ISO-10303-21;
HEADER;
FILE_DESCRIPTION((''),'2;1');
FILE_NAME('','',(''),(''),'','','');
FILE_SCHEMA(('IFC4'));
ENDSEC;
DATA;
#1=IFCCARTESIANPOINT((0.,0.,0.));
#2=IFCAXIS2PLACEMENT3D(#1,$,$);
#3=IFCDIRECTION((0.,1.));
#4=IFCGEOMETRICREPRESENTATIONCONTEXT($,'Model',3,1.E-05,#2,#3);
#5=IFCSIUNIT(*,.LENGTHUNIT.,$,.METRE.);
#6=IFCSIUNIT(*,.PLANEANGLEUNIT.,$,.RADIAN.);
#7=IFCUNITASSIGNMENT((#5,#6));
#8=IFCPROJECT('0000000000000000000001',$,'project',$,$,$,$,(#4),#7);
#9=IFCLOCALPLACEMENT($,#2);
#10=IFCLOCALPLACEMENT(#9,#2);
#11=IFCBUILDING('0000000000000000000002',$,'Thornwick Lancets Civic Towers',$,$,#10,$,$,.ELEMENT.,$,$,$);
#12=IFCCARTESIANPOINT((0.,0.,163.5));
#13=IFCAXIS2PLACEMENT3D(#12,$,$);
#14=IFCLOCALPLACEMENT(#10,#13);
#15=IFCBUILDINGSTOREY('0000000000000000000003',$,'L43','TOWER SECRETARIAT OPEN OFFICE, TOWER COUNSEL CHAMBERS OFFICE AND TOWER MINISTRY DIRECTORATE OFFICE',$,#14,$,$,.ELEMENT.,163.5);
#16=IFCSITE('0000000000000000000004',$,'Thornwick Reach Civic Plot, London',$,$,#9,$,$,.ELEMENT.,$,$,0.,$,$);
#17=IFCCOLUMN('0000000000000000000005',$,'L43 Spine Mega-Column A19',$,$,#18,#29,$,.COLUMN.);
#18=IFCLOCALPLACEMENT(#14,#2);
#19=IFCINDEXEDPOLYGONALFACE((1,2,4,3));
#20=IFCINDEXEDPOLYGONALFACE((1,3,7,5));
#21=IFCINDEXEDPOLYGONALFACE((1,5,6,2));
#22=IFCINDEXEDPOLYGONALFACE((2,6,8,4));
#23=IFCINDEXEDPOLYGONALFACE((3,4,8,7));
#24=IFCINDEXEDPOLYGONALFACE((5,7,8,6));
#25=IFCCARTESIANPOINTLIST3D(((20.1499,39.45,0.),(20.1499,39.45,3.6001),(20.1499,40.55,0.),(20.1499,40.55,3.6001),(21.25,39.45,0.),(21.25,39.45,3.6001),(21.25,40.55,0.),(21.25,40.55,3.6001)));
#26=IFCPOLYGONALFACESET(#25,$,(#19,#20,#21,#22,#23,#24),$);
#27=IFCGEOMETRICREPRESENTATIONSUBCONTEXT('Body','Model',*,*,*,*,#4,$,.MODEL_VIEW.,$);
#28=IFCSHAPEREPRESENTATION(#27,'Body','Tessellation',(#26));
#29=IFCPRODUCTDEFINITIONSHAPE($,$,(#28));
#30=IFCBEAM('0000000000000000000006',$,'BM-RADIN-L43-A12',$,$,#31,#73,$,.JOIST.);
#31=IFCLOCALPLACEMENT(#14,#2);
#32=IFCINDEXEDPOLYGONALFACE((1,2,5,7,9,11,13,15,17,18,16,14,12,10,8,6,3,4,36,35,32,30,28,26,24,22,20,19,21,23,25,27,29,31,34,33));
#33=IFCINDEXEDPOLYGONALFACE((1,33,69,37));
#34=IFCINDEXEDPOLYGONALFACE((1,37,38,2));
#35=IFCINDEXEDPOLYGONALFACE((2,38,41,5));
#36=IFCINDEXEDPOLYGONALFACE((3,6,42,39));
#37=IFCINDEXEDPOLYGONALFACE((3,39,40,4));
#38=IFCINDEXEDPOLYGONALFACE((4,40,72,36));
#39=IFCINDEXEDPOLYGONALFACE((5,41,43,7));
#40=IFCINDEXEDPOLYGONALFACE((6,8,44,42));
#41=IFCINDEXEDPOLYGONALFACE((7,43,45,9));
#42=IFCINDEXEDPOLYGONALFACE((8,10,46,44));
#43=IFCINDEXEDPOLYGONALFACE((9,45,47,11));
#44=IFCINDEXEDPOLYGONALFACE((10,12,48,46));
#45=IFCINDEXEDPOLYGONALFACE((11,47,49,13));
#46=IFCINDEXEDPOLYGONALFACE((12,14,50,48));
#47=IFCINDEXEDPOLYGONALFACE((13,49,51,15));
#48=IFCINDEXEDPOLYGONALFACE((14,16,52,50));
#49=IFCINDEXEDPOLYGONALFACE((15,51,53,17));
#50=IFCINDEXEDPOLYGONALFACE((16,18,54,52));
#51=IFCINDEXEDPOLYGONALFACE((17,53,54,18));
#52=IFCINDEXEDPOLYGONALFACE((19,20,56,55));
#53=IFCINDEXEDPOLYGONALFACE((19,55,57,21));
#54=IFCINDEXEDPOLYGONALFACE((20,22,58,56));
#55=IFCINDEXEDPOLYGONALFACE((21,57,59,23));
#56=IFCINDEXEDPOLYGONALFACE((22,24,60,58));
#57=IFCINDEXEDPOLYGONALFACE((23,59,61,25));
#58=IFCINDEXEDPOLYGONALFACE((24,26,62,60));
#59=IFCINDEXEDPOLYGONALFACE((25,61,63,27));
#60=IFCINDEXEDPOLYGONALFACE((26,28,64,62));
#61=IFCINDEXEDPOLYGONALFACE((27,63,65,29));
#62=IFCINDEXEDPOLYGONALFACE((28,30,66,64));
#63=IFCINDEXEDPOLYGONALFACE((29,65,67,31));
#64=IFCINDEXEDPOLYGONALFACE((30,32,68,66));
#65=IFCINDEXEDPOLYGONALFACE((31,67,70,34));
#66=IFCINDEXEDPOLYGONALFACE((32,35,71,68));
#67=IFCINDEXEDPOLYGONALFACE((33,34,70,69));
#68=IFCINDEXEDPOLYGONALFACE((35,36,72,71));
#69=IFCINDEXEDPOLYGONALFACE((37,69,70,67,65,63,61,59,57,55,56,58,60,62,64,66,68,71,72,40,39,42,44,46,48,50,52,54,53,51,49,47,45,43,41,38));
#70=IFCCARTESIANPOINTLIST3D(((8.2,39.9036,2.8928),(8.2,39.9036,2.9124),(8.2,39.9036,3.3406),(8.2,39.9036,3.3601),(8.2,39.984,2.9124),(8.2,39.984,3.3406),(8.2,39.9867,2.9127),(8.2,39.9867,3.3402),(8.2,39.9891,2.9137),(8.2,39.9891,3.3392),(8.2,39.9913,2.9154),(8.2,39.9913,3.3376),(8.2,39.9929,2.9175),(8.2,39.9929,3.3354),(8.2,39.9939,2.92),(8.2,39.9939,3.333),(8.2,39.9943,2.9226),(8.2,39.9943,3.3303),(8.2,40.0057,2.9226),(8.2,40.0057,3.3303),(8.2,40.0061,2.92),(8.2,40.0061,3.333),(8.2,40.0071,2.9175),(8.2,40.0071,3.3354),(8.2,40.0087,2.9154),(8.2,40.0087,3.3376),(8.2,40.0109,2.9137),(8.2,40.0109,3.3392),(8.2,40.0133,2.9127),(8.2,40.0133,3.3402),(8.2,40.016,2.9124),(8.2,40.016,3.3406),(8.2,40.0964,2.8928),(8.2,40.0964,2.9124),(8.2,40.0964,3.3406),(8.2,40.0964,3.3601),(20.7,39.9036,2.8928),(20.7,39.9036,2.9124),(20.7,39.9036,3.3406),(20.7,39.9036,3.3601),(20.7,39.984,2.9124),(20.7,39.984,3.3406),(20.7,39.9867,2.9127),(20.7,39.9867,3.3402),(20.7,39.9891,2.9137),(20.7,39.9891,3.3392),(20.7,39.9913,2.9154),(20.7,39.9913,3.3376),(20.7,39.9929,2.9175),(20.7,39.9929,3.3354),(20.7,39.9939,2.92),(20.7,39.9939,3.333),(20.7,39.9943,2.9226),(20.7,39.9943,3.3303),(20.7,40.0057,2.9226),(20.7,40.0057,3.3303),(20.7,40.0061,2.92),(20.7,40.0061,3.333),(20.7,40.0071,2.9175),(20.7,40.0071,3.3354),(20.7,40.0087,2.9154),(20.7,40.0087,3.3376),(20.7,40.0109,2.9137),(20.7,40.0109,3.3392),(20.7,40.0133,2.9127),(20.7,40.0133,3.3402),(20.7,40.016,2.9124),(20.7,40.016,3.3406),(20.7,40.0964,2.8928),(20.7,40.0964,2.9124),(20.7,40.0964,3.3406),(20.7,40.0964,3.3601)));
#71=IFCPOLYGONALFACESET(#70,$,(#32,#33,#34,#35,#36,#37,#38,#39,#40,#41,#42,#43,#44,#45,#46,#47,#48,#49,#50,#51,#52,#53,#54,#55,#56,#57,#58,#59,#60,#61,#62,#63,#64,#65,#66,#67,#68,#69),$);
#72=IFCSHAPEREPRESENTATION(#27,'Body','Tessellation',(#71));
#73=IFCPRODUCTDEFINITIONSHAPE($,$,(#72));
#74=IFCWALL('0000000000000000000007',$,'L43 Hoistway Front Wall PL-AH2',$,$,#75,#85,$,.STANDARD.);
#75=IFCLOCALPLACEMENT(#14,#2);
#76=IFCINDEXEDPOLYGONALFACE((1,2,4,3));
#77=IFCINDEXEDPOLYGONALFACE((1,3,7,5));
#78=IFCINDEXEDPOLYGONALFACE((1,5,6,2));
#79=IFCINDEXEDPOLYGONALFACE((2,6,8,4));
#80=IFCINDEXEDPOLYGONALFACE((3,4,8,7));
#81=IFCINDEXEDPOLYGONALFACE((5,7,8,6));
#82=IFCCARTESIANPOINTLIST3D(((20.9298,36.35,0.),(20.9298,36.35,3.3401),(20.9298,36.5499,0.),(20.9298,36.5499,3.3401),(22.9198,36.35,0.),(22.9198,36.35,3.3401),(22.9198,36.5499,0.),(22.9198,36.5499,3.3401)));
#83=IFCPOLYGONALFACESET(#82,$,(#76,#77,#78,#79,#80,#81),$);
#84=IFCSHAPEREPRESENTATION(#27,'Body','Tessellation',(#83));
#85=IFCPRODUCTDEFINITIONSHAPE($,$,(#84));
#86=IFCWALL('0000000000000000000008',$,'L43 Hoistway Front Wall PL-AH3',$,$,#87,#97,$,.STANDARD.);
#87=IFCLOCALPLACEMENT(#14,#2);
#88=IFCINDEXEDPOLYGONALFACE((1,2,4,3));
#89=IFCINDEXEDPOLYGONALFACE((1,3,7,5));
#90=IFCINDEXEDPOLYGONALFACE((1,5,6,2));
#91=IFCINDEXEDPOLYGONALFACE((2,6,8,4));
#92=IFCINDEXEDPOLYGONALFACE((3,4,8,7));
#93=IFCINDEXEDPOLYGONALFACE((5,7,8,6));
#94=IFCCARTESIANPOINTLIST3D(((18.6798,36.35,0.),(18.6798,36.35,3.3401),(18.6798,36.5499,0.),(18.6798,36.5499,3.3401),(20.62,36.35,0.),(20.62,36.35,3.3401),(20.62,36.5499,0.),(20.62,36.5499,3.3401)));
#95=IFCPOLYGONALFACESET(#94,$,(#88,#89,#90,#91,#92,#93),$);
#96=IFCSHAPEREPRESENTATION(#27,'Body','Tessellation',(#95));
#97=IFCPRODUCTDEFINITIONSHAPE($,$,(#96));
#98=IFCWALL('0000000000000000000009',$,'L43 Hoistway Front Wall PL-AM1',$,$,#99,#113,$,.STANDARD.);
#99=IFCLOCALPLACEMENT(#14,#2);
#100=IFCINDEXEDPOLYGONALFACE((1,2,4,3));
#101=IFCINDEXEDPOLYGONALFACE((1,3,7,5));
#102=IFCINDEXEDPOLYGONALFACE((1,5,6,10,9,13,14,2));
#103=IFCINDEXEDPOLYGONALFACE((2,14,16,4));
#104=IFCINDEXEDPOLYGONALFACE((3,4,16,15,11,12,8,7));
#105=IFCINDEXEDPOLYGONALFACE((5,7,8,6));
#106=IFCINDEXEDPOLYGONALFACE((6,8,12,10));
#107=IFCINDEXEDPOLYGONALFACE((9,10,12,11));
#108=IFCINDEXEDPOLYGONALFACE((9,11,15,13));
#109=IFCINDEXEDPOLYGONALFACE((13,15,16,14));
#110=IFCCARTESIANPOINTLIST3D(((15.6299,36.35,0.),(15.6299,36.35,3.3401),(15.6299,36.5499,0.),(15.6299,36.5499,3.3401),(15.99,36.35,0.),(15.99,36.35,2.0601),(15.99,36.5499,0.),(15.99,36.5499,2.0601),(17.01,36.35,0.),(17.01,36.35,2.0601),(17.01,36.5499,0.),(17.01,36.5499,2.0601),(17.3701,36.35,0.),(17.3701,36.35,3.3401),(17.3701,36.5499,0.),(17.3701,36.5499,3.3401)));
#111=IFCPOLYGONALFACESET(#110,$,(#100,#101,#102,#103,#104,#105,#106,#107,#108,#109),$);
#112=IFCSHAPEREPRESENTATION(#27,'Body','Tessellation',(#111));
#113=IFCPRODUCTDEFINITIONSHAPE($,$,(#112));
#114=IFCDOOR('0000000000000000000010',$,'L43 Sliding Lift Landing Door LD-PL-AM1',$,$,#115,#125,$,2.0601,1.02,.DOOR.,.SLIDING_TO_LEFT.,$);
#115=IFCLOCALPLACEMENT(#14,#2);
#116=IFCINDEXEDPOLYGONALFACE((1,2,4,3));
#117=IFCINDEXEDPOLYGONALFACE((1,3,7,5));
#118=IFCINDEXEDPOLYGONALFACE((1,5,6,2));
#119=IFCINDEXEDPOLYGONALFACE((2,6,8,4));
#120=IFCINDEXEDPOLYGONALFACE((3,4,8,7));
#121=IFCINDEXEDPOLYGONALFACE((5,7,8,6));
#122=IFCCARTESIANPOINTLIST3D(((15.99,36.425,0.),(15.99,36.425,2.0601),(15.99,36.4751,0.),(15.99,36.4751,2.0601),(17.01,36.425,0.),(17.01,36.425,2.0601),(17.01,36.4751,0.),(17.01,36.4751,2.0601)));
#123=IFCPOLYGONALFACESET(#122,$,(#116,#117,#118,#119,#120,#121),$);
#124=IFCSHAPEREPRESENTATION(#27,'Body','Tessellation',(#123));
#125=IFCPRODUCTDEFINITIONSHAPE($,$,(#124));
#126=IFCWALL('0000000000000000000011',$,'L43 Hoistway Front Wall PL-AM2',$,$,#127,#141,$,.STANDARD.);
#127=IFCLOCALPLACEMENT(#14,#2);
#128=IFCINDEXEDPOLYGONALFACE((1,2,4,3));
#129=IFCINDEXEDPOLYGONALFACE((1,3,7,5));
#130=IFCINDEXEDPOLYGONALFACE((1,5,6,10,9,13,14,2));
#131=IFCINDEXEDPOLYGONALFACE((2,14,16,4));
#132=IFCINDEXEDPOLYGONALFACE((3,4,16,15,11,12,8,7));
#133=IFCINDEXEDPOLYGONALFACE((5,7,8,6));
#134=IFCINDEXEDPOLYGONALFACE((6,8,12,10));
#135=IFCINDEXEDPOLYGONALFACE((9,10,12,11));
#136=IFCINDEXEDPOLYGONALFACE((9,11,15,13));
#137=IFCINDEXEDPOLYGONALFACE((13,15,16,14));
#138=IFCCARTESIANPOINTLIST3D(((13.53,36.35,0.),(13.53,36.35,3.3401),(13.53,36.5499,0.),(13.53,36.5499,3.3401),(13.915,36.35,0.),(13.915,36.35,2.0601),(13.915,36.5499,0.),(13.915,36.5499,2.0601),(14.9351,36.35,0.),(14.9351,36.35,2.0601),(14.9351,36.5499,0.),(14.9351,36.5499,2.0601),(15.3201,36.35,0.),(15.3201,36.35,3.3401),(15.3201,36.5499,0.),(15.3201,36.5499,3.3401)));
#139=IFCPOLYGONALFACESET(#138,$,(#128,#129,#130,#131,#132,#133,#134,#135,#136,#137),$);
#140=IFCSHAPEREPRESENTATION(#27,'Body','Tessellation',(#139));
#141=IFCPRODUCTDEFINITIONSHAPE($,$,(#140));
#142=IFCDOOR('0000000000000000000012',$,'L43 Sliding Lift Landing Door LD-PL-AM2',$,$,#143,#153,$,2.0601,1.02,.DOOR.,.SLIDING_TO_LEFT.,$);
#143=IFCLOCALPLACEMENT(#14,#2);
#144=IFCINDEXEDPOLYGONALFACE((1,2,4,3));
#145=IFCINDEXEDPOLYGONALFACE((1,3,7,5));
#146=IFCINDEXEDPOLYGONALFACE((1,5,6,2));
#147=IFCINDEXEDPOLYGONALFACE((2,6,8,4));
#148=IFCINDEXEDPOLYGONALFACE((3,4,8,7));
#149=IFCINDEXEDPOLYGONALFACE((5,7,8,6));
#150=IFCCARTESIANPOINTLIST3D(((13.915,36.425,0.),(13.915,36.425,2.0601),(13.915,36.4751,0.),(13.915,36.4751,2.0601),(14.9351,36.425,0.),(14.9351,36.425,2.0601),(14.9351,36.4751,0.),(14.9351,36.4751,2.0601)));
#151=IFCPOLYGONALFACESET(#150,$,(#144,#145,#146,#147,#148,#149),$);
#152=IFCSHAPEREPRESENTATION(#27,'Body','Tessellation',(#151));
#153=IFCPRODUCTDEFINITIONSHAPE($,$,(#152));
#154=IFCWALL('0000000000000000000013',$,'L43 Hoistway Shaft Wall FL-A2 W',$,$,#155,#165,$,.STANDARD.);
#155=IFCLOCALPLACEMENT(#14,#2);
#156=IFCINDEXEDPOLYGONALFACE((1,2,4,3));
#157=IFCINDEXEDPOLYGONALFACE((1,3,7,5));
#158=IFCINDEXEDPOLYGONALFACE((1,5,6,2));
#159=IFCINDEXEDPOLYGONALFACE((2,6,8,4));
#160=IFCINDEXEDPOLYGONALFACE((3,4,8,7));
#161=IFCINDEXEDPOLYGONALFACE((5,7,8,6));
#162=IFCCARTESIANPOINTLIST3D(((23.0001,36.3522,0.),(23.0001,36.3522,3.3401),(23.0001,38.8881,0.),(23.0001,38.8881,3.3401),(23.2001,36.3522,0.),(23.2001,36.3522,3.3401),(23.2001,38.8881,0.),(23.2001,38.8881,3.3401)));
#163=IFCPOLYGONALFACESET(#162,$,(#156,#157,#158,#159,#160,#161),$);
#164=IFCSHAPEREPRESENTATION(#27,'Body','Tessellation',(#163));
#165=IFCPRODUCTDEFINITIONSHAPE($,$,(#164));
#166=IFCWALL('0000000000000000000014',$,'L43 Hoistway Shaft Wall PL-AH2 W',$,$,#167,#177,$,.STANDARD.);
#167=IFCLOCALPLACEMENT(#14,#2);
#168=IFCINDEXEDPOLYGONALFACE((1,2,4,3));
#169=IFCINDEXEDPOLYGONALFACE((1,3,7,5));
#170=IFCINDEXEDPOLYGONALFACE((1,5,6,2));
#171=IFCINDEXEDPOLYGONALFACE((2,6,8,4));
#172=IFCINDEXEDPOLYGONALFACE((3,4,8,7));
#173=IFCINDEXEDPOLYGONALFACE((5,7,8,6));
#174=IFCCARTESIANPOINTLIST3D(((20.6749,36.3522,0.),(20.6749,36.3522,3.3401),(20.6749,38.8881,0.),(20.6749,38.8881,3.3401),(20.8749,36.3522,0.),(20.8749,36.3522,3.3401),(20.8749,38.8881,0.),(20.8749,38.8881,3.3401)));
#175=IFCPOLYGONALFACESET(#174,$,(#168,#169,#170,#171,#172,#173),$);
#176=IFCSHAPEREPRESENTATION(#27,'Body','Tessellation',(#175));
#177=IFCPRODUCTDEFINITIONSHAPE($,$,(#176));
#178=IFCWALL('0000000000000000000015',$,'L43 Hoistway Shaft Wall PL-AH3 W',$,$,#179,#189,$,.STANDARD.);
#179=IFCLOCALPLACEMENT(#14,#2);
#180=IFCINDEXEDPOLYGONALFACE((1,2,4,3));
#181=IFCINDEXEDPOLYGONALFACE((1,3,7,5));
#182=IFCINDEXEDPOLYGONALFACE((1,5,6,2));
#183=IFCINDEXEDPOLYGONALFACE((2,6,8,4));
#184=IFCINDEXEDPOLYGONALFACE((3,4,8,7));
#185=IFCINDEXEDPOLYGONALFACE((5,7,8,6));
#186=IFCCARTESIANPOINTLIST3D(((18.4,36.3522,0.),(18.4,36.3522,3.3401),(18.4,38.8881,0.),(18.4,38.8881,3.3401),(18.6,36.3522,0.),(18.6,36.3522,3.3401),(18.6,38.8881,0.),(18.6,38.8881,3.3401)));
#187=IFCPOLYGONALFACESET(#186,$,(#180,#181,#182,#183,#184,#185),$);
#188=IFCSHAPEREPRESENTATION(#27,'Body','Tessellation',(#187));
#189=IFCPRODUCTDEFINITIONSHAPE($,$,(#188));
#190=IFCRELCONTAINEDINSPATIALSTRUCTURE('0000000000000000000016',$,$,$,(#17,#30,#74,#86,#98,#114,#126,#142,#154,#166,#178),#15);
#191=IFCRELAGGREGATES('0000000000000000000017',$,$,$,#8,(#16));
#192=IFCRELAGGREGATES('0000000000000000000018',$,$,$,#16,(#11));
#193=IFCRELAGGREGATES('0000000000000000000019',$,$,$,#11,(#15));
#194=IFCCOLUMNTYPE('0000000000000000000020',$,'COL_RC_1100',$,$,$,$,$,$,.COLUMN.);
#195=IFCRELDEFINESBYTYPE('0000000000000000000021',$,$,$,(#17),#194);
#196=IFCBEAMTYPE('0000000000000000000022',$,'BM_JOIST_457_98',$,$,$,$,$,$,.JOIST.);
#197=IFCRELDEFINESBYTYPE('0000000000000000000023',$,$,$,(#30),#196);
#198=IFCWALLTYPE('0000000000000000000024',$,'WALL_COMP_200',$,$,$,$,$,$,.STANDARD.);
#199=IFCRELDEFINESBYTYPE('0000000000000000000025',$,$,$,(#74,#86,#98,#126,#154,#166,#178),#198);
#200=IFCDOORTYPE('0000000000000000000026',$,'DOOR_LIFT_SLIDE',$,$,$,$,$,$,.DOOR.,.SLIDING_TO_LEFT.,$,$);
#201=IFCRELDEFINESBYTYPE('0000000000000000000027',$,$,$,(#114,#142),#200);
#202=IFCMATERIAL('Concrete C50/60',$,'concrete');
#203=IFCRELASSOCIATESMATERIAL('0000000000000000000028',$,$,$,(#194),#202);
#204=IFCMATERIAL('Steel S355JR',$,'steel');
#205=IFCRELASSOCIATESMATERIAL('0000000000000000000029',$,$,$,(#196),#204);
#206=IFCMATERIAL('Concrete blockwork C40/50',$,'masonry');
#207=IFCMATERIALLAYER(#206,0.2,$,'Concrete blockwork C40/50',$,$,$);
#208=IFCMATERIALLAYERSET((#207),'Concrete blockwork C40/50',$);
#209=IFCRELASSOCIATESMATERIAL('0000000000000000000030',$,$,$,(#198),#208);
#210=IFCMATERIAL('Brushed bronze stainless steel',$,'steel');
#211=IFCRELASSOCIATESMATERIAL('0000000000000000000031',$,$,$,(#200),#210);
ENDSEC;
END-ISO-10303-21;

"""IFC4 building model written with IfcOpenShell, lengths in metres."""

from ifc_helpers import new_model, si_unit, direction, frame, frame_2d, origin, origin_2d, place, context, subcontext, project, spatial, rectangle, i_section, extrude, material, layer, layer_set, material_profile, profile_set, type_object, element, fill, save


model = new_model("IFC4")

# Units and contexts
model_context = context("Model", 3, precision=1e-05, world=origin(), true_north=direction((0.0, 1.0)))
body_context = subcontext(model_context, "Body", "Model", "MODEL_VIEW")
ifc_project = project(units=[si_unit("LENGTHUNIT", "METRE"), si_unit("PLANEANGLEUNIT", "RADIAN")], contexts=[model_context])

# Site, building, storey
site_placement = place(None, origin())
site = spatial("IfcSite", under=ifc_project, at=site_placement, Name="Thornwick Reach Civic Plot, London", CompositionType="ELEMENT", RefElevation=0.0)
building_placement = place(site_placement, origin())
building = spatial("IfcBuilding", under=site, at=building_placement, Name="Thornwick Lancets Civic Towers", CompositionType="ELEMENT")
storey_placement = place(building_placement, frame((0.0, 0.0, 163.5)))
storey = spatial("IfcBuildingStorey", under=building, at=storey_placement, Name="L43", Description="TOWER SECRETARIAT OPEN OFFICE, TOWER COUNSEL CHAMBERS OFFICE AND TOWER MINISTRY DIRECTORATE OFFICE", CompositionType="ELEMENT", Elevation=163.5)

# Column
ifc_material_1 = material(Name="Concrete C50/60", Category="concrete")
ifc_material_profile_1 = material_profile(ifc_material_1, rectangle(XDim=1.1001, YDim=1.1001, at=origin_2d()), Name="RC 1100x1100")
ifc_profile_set_1 = profile_set([ifc_material_profile_1], Name="Concrete C50/60")
column_type = type_object("IfcColumnType", Name="COL_RC_1100", PredefinedType="COLUMN", material=ifc_profile_set_1)
column_placement = place(storey_placement, frame((20.7, 40.0, 0.0), z_axis=(0.0, 0.0, 1.0), x_axis=(1.0, 0.0, 0.0)))
element("IfcColumn", 1, at=column_placement, inside=storey, type_object=column_type, Name="L43 Spine Mega-Column A19", PredefinedType="COLUMN", context=body_context, shape_type="SweptSolid", body=[
    extrude(rectangle(XDim=1.1001, YDim=1.1001, at=origin_2d()), origin(), (0.0, 0.0, 1.0), 3.6001),
])

# Beam
ifc_material_2 = material(Name="Steel S355JR", Category="steel")
ifc_material_profile_2 = material_profile(ifc_material_2, i_section(OverallWidth=0.1929, OverallDepth=0.4673, WebThickness=0.0115, FlangeThickness=0.0195, FilletRadius=0.0103, at=origin_2d()), Name="UKB 457x191x98")
ifc_profile_set_2 = profile_set([ifc_material_profile_2], Name="Steel S355JR")
beam_type = type_object("IfcBeamType", Name="BM_JOIST_457_98", PredefinedType="JOIST", material=ifc_profile_set_2)
beam_placement = place(storey_placement, frame((20.7, 40.0, 3.1265), z_axis=(-1.0, 0.0, 0.0), x_axis=(0.0, -1.0, 0.0)))
element("IfcBeam", 2, at=beam_placement, inside=storey, type_object=beam_type, Name="BM-RADIN-L43-A12", PredefinedType="JOIST", context=body_context, shape_type="SweptSolid", body=[
    extrude(i_section(OverallWidth=0.1929, OverallDepth=0.4673, WebThickness=0.0115, FlangeThickness=0.0195, FilletRadius=0.0103, at=origin_2d()), origin(), (0.0, 0.0, 1.0), 12.5),
])

# Walls
ifc_material_3 = material(Name="Concrete blockwork C40/50", Category="masonry")
ifc_layer_1 = layer(ifc_material_3, 0.2, Name="Concrete blockwork C40/50")
ifc_layer_set_1 = layer_set([ifc_layer_1], Name="Concrete blockwork C40/50")
wall_type_1 = type_object("IfcWallType", Name="WALL_COMP_200", PredefinedType="STANDARD", material=ifc_layer_set_1)
wall_1_placement = place(storey_placement, frame((22.9199, 36.45, 0.0), z_axis=(0.0, 0.0, 1.0), x_axis=(-1.0, 0.0, 0.0)))
element("IfcWall", 3, at=wall_1_placement, inside=storey, type_object=wall_type_1, Name="L43 Hoistway Front Wall PL-AH2", PredefinedType="STANDARD", context=body_context, shape_type="SweptSolid", body=[
    extrude(rectangle(XDim=1.99, YDim=0.2, at=frame_2d((0.9951, 0.0))), origin(), (0.0, 0.0, 1.0), 3.3401),
])
wall_2_placement = place(storey_placement, frame((20.6201, 36.45, 0.0), z_axis=(0.0, 0.0, 1.0), x_axis=(-1.0, 0.0, 0.0)))
element("IfcWall", 4, at=wall_2_placement, inside=storey, type_object=wall_type_1, Name="L43 Hoistway Front Wall PL-AH3", PredefinedType="STANDARD", context=body_context, shape_type="SweptSolid", body=[
    extrude(rectangle(XDim=1.9402, YDim=0.2, at=frame_2d((0.9702, 0.0))), origin(), (0.0, 0.0, 1.0), 3.3401),
])

# Walls, openings, doors
wall_3_placement = place(storey_placement, frame((17.3701, 36.45, 0.0), z_axis=(0.0, 0.0, 1.0), x_axis=(-1.0, 0.0, 0.0)))
wall_3 = element("IfcWall", 5, at=wall_3_placement, inside=storey, type_object=wall_type_1, Name="L43 Hoistway Front Wall PL-AM1", PredefinedType="STANDARD", context=body_context, shape_type="SweptSolid", body=[
    extrude(rectangle(XDim=1.7402, YDim=0.2, at=frame_2d((0.8701, 0.0))), origin(), (0.0, 0.0, 1.0), 3.3401),
])
opening_1_placement = place(wall_3_placement, frame((0.3601, 0.0, 0.0)))
opening_1 = element("IfcOpeningElement", 6, at=opening_1_placement, cuts=wall_3, PredefinedType="OPENING", context=body_context, shape_type="SweptSolid", body=[
    extrude(rectangle(XDim=1.02, YDim=2.0601, at=frame_2d((0.51, 1.03))), frame((0.0, 0.1099, 0.0), z_axis=(0.0, -1.0, 0.0), x_axis=(1.0, 0.0, 0.0)), (0.0, 0.0, 1.0), 0.22),
])
ifc_material_4 = material(Name="Brushed bronze stainless steel", Category="steel")
door_type = type_object("IfcDoorType", Name="DOOR_LIFT_SLIDE", OperationType="SLIDING_TO_LEFT", PredefinedType="DOOR", material=ifc_material_4)
door_1_placement = place(opening_1_placement, origin())
door_1 = element("IfcDoor", 7, at=door_1_placement, inside=storey, type_object=door_type, Name="L43 Sliding Lift Landing Door LD-PL-AM1", OperationType="SLIDING_TO_LEFT", OverallHeight=2.0601, OverallWidth=1.02, PredefinedType="DOOR", context=body_context, shape_type="SweptSolid", body=[
    extrude(rectangle(XDim=1.02, YDim=2.0601, at=frame_2d((0.51, 1.03))), frame((0.0, 0.0249, 0.0), z_axis=(0.0, -1.0, 0.0), x_axis=(1.0, 0.0, 0.0)), (0.0, 0.0, 1.0), 0.05),
])
fill(opening_1, door_1)
wall_4_placement = place(storey_placement, frame((15.3201, 36.45, 0.0), z_axis=(0.0, 0.0, 1.0), x_axis=(-1.0, 0.0, 0.0)))
wall_4 = element("IfcWall", 8, at=wall_4_placement, inside=storey, type_object=wall_type_1, Name="L43 Hoistway Front Wall PL-AM2", PredefinedType="STANDARD", context=body_context, shape_type="SweptSolid", body=[
    extrude(rectangle(XDim=1.79, YDim=0.2, at=frame_2d((0.895, 0.0))), origin(), (0.0, 0.0, 1.0), 3.3401),
])
opening_2_placement = place(wall_4_placement, frame((0.385, 0.0, 0.0)))
opening_2 = element("IfcOpeningElement", 9, at=opening_2_placement, cuts=wall_4, PredefinedType="OPENING", context=body_context, shape_type="SweptSolid", body=[
    extrude(rectangle(XDim=1.02, YDim=2.0601, at=frame_2d((0.51, 1.03))), frame((0.0, 0.1099, 0.0), z_axis=(0.0, -1.0, 0.0), x_axis=(1.0, 0.0, 0.0)), (0.0, 0.0, 1.0), 0.22),
])
door_2_placement = place(opening_2_placement, origin())
door_2 = element("IfcDoor", 10, at=door_2_placement, inside=storey, type_object=door_type, Name="L43 Sliding Lift Landing Door LD-PL-AM2", OperationType="SLIDING_TO_LEFT", OverallHeight=2.0601, OverallWidth=1.02, PredefinedType="DOOR", context=body_context, shape_type="SweptSolid", body=[
    extrude(rectangle(XDim=1.02, YDim=2.0601, at=frame_2d((0.51, 1.03))), frame((0.0, 0.0249, 0.0), z_axis=(0.0, -1.0, 0.0), x_axis=(1.0, 0.0, 0.0)), (0.0, 0.0, 1.0), 0.05),
])
fill(opening_2, door_2)

# Walls
for number, where, z_axis, x_axis, name in (
    (11, (23.1001, 36.3521, 0.0), (0.0, 0.0, 1.0), (0.0, 1.0, 0.0), "L43 Hoistway Shaft Wall FL-A2 W"),
    (12, (20.7749, 36.3521, 0.0), (0.0, 0.0, 1.0), (0.0, 1.0, 0.0), "L43 Hoistway Shaft Wall PL-AH2 W"),
    (13, (18.5, 36.3521, 0.0), (0.0, 0.0, 1.0), (0.0, 1.0, 0.0), "L43 Hoistway Shaft Wall PL-AH3 W"),
):
    element("IfcWall", number, at=place(storey_placement, frame(where, z_axis=z_axis, x_axis=x_axis)), inside=storey, type_object=wall_type_1, Name=name, PredefinedType="STANDARD", context=body_context, shape_type="SweptSolid", body=[
        extrude(rectangle(XDim=2.5359, YDim=0.2, at=frame_2d((1.2681, 0.0))), origin(), (0.0, 0.0, 1.0), 3.3401),
    ])

save(model, "model.ifc")
